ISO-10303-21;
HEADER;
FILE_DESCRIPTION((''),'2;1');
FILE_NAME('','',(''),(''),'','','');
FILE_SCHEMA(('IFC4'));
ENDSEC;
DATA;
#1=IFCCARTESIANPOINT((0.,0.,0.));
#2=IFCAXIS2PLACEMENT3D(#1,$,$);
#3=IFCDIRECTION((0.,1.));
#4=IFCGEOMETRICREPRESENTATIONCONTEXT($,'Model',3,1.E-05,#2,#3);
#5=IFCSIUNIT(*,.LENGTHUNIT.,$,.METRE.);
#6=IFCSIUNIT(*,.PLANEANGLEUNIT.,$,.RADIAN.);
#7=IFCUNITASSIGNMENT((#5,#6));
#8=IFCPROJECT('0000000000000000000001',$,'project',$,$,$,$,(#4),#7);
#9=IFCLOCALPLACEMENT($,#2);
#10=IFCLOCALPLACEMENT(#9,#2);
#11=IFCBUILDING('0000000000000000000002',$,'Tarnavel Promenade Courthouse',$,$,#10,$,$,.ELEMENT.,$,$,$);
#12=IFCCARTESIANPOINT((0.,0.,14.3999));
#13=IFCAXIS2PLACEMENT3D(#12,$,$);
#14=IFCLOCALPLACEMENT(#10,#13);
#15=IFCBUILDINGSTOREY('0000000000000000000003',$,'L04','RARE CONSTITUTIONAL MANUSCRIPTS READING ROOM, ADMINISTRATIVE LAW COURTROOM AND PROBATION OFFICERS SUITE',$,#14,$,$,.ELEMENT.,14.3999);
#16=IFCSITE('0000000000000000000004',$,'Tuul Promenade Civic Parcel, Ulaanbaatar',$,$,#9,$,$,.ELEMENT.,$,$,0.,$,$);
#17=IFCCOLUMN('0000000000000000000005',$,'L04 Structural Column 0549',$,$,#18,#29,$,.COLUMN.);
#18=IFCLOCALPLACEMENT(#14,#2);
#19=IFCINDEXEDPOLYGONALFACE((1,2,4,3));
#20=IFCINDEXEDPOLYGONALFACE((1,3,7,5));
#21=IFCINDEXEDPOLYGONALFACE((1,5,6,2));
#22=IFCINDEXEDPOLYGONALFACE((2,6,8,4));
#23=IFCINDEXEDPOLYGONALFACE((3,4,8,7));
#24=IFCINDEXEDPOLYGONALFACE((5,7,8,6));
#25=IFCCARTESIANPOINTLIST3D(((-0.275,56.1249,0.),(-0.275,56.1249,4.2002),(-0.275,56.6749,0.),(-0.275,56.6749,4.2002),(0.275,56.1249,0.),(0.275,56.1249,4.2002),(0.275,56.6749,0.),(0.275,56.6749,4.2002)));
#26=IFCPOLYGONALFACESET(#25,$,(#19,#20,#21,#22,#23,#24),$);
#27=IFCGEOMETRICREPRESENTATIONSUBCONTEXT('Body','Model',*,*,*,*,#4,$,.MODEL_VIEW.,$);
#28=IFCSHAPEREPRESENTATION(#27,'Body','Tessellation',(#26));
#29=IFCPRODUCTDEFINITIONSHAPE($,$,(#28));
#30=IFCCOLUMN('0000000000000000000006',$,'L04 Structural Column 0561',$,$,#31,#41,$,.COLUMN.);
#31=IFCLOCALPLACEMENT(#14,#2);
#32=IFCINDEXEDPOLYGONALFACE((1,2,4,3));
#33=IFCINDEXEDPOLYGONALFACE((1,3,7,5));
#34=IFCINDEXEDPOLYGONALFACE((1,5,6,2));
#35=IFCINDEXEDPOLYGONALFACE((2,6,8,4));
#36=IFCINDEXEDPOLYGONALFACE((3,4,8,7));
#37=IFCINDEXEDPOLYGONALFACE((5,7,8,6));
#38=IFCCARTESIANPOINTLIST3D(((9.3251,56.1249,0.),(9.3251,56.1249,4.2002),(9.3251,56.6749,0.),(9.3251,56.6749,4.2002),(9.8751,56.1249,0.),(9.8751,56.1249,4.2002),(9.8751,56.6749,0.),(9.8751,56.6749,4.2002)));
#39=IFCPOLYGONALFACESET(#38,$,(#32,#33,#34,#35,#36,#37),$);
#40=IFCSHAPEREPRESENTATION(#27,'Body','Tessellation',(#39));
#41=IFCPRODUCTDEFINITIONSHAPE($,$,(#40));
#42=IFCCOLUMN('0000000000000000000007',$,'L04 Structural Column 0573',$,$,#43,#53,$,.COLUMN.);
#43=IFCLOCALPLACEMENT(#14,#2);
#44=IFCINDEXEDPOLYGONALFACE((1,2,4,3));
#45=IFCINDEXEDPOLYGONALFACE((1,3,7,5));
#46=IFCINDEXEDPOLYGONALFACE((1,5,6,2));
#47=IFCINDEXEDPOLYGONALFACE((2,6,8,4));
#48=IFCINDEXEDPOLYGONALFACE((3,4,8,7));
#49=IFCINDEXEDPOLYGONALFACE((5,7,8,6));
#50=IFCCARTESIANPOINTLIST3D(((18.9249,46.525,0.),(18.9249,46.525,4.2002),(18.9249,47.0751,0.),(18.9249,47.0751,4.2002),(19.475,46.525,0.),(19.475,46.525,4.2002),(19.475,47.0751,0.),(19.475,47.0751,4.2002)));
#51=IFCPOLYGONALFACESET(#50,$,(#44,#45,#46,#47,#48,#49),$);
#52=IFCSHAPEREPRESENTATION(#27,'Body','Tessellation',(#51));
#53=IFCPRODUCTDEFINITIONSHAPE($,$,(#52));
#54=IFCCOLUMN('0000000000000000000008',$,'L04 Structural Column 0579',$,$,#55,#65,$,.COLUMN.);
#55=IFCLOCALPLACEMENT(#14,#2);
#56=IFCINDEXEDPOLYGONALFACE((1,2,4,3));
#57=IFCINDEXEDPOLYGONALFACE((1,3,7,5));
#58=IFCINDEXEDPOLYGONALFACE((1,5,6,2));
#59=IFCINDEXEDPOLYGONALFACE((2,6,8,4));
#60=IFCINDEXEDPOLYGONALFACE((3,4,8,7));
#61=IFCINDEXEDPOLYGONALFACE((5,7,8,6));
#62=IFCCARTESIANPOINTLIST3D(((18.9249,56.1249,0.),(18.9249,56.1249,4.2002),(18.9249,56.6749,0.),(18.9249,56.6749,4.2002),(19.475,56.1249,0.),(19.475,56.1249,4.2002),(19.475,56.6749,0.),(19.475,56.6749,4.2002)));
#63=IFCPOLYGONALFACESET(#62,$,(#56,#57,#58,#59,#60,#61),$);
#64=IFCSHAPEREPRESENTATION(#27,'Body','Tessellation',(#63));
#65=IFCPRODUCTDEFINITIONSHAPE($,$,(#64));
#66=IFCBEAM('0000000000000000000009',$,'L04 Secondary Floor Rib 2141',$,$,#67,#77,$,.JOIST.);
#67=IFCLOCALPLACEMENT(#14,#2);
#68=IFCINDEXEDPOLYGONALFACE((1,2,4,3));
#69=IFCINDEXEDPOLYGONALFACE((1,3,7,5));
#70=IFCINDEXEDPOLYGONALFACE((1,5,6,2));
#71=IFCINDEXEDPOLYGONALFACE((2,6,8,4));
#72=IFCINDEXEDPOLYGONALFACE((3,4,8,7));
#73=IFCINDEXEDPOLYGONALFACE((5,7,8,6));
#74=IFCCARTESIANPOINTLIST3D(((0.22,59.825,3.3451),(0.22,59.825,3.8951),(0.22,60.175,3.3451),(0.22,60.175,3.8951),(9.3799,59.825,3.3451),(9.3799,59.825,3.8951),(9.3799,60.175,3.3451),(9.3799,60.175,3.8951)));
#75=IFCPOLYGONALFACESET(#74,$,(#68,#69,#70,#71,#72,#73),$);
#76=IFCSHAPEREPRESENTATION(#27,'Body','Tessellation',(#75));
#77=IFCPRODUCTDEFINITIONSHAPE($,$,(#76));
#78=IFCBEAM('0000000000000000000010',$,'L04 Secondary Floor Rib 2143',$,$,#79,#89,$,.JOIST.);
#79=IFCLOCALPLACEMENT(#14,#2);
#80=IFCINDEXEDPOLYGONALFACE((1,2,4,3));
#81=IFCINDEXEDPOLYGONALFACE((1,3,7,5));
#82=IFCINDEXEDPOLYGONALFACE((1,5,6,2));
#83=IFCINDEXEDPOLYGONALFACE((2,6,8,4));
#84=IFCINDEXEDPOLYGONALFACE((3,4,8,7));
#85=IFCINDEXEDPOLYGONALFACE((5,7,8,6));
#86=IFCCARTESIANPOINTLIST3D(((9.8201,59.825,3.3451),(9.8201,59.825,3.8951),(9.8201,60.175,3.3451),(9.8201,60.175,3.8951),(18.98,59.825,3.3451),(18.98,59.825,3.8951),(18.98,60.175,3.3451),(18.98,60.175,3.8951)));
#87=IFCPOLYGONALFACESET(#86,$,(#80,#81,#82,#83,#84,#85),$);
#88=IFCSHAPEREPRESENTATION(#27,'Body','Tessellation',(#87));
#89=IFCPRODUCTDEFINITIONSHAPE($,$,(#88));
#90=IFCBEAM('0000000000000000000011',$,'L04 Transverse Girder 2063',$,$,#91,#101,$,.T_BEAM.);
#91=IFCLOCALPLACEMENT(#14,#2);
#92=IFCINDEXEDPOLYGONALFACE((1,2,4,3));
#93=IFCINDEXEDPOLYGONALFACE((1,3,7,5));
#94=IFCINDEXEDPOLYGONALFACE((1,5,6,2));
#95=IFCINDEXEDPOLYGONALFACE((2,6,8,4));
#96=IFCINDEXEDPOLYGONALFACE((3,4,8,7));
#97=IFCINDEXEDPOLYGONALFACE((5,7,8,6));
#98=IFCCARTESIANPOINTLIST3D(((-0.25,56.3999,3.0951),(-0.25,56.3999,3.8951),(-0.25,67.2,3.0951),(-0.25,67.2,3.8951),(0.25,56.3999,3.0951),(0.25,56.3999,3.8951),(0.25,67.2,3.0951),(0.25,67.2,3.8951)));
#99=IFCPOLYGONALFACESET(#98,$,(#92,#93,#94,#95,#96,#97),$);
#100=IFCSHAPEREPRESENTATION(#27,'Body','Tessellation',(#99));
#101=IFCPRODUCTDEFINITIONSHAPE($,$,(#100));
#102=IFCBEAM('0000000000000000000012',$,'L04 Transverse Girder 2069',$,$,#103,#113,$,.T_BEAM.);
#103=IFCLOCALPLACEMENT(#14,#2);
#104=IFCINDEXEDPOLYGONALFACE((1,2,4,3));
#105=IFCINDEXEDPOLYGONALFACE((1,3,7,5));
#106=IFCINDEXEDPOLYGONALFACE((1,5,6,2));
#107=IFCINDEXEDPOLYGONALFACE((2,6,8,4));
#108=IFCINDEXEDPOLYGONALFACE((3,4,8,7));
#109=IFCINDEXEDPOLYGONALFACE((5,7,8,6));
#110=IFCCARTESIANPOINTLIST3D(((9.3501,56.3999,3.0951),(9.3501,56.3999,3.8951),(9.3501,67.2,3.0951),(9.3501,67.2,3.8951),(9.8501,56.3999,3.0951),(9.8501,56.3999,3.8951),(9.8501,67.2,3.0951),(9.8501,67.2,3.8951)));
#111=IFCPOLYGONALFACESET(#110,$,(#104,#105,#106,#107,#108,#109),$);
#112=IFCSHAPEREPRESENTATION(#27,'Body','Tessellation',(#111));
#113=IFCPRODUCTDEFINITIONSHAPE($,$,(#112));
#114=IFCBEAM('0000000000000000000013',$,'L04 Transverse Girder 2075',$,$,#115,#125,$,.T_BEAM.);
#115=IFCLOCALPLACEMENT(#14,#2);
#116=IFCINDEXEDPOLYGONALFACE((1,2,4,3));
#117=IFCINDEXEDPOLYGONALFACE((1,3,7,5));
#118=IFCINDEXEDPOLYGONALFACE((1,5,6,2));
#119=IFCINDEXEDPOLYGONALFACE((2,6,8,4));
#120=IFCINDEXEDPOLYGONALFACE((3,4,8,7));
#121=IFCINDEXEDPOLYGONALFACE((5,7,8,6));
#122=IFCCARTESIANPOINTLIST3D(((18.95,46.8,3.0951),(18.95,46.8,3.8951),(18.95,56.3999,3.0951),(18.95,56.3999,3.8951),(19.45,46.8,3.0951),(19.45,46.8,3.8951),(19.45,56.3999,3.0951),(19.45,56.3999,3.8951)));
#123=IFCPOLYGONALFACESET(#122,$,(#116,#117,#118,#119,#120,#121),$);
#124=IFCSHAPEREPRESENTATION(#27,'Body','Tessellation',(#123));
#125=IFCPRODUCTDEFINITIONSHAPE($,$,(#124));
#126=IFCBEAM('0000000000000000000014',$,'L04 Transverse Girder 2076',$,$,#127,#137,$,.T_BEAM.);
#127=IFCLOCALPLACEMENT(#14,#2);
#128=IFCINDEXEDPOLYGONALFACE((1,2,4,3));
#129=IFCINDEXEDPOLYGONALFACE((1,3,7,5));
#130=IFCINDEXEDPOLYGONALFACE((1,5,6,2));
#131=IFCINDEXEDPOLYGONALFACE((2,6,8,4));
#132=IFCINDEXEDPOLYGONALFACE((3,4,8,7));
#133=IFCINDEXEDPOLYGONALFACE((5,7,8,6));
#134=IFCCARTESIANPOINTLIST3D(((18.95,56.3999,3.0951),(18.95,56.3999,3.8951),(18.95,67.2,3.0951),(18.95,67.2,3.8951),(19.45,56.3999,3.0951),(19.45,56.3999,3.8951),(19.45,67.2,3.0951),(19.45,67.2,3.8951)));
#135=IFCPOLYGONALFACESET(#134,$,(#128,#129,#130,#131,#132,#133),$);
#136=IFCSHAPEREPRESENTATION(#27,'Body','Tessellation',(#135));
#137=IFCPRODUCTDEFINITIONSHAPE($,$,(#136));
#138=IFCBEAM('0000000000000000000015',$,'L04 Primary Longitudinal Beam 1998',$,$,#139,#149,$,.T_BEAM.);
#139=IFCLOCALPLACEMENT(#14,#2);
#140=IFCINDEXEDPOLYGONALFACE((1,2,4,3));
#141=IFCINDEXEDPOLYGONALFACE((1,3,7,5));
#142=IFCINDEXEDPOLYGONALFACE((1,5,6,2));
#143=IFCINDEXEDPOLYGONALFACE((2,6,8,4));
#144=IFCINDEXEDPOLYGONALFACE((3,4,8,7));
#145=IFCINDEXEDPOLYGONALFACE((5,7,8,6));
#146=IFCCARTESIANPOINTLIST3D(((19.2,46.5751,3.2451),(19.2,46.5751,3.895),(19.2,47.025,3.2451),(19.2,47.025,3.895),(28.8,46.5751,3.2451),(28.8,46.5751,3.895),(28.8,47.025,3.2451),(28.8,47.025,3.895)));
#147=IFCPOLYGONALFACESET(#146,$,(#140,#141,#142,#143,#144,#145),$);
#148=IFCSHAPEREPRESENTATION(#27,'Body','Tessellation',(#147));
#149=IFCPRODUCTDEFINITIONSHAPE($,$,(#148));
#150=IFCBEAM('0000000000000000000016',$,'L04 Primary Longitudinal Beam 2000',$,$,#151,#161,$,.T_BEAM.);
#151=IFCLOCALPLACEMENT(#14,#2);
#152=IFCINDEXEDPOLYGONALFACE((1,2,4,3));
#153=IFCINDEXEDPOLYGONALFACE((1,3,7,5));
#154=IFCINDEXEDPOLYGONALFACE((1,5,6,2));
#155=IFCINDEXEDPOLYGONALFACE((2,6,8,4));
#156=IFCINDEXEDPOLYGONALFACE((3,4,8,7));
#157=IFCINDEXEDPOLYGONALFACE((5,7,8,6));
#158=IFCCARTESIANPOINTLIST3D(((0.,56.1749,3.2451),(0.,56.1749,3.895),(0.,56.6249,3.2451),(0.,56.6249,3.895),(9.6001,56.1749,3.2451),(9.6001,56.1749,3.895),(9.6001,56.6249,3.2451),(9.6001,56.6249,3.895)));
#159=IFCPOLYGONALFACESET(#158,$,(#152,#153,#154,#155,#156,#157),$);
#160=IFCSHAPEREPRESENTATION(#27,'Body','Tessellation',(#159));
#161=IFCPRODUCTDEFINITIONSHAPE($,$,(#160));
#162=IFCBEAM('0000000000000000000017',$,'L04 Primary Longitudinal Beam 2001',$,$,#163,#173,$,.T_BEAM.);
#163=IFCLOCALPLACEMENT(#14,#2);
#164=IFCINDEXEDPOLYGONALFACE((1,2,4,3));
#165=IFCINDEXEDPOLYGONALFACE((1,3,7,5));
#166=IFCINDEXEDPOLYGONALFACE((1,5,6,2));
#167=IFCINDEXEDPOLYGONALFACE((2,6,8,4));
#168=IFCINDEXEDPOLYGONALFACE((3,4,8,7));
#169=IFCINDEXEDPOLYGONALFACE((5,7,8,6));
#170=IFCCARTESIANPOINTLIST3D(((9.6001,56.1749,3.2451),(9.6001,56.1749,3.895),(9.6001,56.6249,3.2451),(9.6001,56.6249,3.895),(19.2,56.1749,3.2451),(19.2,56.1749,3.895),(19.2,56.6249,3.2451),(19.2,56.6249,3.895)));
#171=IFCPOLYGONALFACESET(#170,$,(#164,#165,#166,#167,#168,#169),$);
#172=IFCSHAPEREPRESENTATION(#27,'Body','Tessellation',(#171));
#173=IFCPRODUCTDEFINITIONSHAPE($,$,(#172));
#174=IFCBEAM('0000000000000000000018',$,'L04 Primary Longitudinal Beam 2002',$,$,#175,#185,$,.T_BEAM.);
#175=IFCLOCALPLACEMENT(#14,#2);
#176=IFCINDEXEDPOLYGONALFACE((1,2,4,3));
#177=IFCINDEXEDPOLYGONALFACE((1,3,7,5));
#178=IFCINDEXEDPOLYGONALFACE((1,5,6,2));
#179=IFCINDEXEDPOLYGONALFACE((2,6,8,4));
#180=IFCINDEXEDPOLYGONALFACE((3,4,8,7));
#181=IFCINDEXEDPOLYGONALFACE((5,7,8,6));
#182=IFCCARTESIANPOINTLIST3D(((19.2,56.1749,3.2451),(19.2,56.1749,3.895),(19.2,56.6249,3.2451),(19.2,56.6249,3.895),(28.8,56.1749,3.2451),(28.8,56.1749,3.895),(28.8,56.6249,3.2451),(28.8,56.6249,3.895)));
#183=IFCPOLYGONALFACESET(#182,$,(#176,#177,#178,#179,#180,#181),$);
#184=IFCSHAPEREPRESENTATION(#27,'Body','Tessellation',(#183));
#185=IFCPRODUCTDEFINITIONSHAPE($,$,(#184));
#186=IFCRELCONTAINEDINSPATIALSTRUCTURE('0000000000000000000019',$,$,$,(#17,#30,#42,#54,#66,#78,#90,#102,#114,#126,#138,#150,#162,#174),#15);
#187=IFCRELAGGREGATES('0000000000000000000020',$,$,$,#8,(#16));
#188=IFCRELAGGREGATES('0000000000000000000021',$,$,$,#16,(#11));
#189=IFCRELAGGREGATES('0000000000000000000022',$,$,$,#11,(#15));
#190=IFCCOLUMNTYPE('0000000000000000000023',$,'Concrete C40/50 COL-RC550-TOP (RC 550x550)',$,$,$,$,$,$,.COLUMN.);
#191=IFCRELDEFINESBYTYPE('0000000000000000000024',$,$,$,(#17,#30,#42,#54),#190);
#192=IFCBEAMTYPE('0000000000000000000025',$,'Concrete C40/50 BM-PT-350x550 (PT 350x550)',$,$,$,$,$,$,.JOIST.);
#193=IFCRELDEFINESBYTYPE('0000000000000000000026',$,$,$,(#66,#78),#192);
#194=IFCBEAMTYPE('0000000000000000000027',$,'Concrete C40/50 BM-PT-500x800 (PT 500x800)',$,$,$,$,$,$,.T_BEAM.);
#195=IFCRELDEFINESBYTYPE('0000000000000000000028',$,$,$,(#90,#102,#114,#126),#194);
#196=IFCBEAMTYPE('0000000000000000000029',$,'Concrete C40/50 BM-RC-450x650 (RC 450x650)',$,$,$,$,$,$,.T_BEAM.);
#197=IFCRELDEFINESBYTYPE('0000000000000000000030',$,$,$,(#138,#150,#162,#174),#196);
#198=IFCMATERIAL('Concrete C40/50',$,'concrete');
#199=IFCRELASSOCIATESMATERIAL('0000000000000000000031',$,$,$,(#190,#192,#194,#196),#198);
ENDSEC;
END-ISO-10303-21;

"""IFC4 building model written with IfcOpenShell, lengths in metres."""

from ifc_helpers import new_model, si_unit, direction, frame, origin, origin_2d, place, context, subcontext, project, spatial, rectangle, extrude, material, material_profile, profile_set, type_object, element, save


model = new_model("IFC4")

# Units and contexts
model_context = context("Model", 3, precision=1e-05, world=origin(), true_north=direction((0.0, 1.0)))
body_context = subcontext(model_context, "Body", "Model", "MODEL_VIEW")
ifc_project = project(units=[si_unit("LENGTHUNIT", "METRE"), si_unit("PLANEANGLEUNIT", "RADIAN")], contexts=[model_context])

# Site, building, storey
site_placement = place(None, origin())
site = spatial("IfcSite", under=ifc_project, at=site_placement, Name="Tuul Promenade Civic Parcel, Ulaanbaatar", CompositionType="ELEMENT", RefElevation=0.0)
building_placement = place(site_placement, origin())
building = spatial("IfcBuilding", under=site, at=building_placement, Name="Tarnavel Promenade Courthouse", CompositionType="ELEMENT")
storey_placement = place(building_placement, frame((0.0, 0.0, 14.3999)))
storey = spatial("IfcBuildingStorey", under=building, at=storey_placement, Name="L04", Description="RARE CONSTITUTIONAL MANUSCRIPTS READING ROOM, ADMINISTRATIVE LAW COURTROOM AND PROBATION OFFICERS SUITE", CompositionType="ELEMENT", Elevation=14.3999)

# Columns
ifc_material_1 = material(Name="Concrete C40/50", Category="concrete")
ifc_material_profile_1 = material_profile(ifc_material_1, rectangle(XDim=0.55, YDim=0.55, at=origin_2d()), Name="RC 550x550")
ifc_profile_set_1 = profile_set([ifc_material_profile_1], Name="Concrete C40/50")
column_type = type_object("IfcColumnType", Name="Concrete C40/50 COL-RC550-TOP (RC 550x550)", PredefinedType="COLUMN", material=ifc_profile_set_1)
for number, where, z_axis, x_axis, name in (
    (1, (0.0, 56.3999, 0.0), (0.0, 0.0, 1.0), (1.0, 0.0, 0.0), "L04 Structural Column 0549"),
    (2, (9.6001, 56.3999, 0.0), (0.0, 0.0, 1.0), (1.0, 0.0, 0.0), "L04 Structural Column 0561"),
    (3, (19.2, 46.8, 0.0), (0.0, 0.0, 1.0), (1.0, 0.0, 0.0), "L04 Structural Column 0573"),
    (4, (19.2, 56.3999, 0.0), (0.0, 0.0, 1.0), (1.0, 0.0, 0.0), "L04 Structural Column 0579"),
):
    element("IfcColumn", number, at=place(storey_placement, frame(where, z_axis=z_axis, x_axis=x_axis)), inside=storey, type_object=column_type, Name=name, PredefinedType="COLUMN", context=body_context, shape_type="SweptSolid", body=[
        extrude(rectangle(XDim=0.55, YDim=0.55, at=origin_2d()), origin(), (0.0, 0.0, 1.0), 4.2002),
    ])

# Beams
ifc_material_profile_2 = material_profile(ifc_material_1, rectangle(XDim=0.3501, YDim=0.55, at=origin_2d()), Name="PT 350x550")
ifc_profile_set_2 = profile_set([ifc_material_profile_2], Name="Concrete C40/50")
beam_type_1 = type_object("IfcBeamType", Name="Concrete C40/50 BM-PT-350x550 (PT 350x550)", PredefinedType="JOIST", material=ifc_profile_set_2)
for number, where, z_axis, x_axis, name in (
    (5, (0.22, 60.0, 3.6201), (1.0, 0.0, 0.0), (0.0, 1.0, 0.0), "L04 Secondary Floor Rib 2141"),
    (6, (9.8201, 60.0, 3.6201), (1.0, 0.0, 0.0), (0.0, 1.0, 0.0), "L04 Secondary Floor Rib 2143"),
):
    element("IfcBeam", number, at=place(storey_placement, frame(where, z_axis=z_axis, x_axis=x_axis)), inside=storey, type_object=beam_type_1, Name=name, PredefinedType="JOIST", context=body_context, shape_type="SweptSolid", body=[
        extrude(rectangle(XDim=0.3501, YDim=0.55, at=origin_2d()), origin(), (0.0, 0.0, 1.0), 9.1599),
    ])
ifc_material_profile_3 = material_profile(ifc_material_1, rectangle(XDim=0.5, YDim=0.8, at=origin_2d()), Name="PT 500x800")
ifc_profile_set_3 = profile_set([ifc_material_profile_3], Name="Concrete C40/50")
beam_type_2 = type_object("IfcBeamType", Name="Concrete C40/50 BM-PT-500x800 (PT 500x800)", PredefinedType="T_BEAM", material=ifc_profile_set_3)
for number, where, z_axis, x_axis, name in (
    (7, (0.0, 56.3999, 3.4951), (0.0, 1.0, 0.0), (-1.0, 0.0, 0.0), "L04 Transverse Girder 2063"),
    (8, (9.6001, 56.3999, 3.4951), (0.0, 1.0, 0.0), (-1.0, 0.0, 0.0), "L04 Transverse Girder 2069"),
):
    element("IfcBeam", number, at=place(storey_placement, frame(where, z_axis=z_axis, x_axis=x_axis)), inside=storey, type_object=beam_type_2, Name=name, PredefinedType="T_BEAM", context=body_context, shape_type="SweptSolid", body=[
        extrude(rectangle(XDim=0.5, YDim=0.8, at=origin_2d()), origin(), (0.0, 0.0, 1.0), 10.8),
    ])
beam_1_placement = place(storey_placement, frame((19.2, 46.8, 3.4951), z_axis=(0.0, 1.0, 0.0), x_axis=(-1.0, 0.0, 0.0)))
element("IfcBeam", 9, at=beam_1_placement, inside=storey, type_object=beam_type_2, Name="L04 Transverse Girder 2075", PredefinedType="T_BEAM", context=body_context, shape_type="SweptSolid", body=[
    extrude(rectangle(XDim=0.5, YDim=0.8, at=origin_2d()), origin(), (0.0, 0.0, 1.0), 9.5999),
])
beam_2_placement = place(storey_placement, frame((19.2, 56.3999, 3.4951), z_axis=(0.0, 1.0, 0.0), x_axis=(-1.0, 0.0, 0.0)))
element("IfcBeam", 10, at=beam_2_placement, inside=storey, type_object=beam_type_2, Name="L04 Transverse Girder 2076", PredefinedType="T_BEAM", context=body_context, shape_type="SweptSolid", body=[
    extrude(rectangle(XDim=0.5, YDim=0.8, at=origin_2d()), origin(), (0.0, 0.0, 1.0), 10.8),
])
ifc_material_profile_4 = material_profile(ifc_material_1, rectangle(XDim=0.45, YDim=0.6499, at=origin_2d()), Name="RC 450x650")
ifc_profile_set_4 = profile_set([ifc_material_profile_4], Name="Concrete C40/50")
beam_type_3 = type_object("IfcBeamType", Name="Concrete C40/50 BM-RC-450x650 (RC 450x650)", PredefinedType="T_BEAM", material=ifc_profile_set_4)
for number, where, z_axis, x_axis, name in (
    (11, (19.2, 46.8, 3.5701), (1.0, 0.0, 0.0), (0.0, 1.0, 0.0), "L04 Primary Longitudinal Beam 1998"),
    (12, (0.0, 56.3999, 3.5701), (1.0, 0.0, 0.0), (0.0, 1.0, 0.0), "L04 Primary Longitudinal Beam 2000"),
):
    element("IfcBeam", number, at=place(storey_placement, frame(where, z_axis=z_axis, x_axis=x_axis)), inside=storey, type_object=beam_type_3, Name=name, PredefinedType="T_BEAM", context=body_context, shape_type="SweptSolid", body=[
        extrude(rectangle(XDim=0.45, YDim=0.6499, at=origin_2d()), origin(), (0.0, 0.0, 1.0), 9.6001),
    ])
beam_3_placement = place(storey_placement, frame((9.6001, 56.3999, 3.5701), z_axis=(1.0, 0.0, 0.0), x_axis=(0.0, 1.0, 0.0)))
element("IfcBeam", 13, at=beam_3_placement, inside=storey, type_object=beam_type_3, Name="L04 Primary Longitudinal Beam 2001", PredefinedType="T_BEAM", context=body_context, shape_type="SweptSolid", body=[
    extrude(rectangle(XDim=0.45, YDim=0.6499, at=origin_2d()), origin(), (0.0, 0.0, 1.0), 9.5999),
])
beam_4_placement = place(storey_placement, frame((19.2, 56.3999, 3.5701), z_axis=(1.0, 0.0, 0.0), x_axis=(0.0, 1.0, 0.0)))
element("IfcBeam", 14, at=beam_4_placement, inside=storey, type_object=beam_type_3, Name="L04 Primary Longitudinal Beam 2002", PredefinedType="T_BEAM", context=body_context, shape_type="SweptSolid", body=[
    extrude(rectangle(XDim=0.45, YDim=0.6499, at=origin_2d()), origin(), (0.0, 0.0, 1.0), 9.6001),
])

save(model, "model.ifc")
